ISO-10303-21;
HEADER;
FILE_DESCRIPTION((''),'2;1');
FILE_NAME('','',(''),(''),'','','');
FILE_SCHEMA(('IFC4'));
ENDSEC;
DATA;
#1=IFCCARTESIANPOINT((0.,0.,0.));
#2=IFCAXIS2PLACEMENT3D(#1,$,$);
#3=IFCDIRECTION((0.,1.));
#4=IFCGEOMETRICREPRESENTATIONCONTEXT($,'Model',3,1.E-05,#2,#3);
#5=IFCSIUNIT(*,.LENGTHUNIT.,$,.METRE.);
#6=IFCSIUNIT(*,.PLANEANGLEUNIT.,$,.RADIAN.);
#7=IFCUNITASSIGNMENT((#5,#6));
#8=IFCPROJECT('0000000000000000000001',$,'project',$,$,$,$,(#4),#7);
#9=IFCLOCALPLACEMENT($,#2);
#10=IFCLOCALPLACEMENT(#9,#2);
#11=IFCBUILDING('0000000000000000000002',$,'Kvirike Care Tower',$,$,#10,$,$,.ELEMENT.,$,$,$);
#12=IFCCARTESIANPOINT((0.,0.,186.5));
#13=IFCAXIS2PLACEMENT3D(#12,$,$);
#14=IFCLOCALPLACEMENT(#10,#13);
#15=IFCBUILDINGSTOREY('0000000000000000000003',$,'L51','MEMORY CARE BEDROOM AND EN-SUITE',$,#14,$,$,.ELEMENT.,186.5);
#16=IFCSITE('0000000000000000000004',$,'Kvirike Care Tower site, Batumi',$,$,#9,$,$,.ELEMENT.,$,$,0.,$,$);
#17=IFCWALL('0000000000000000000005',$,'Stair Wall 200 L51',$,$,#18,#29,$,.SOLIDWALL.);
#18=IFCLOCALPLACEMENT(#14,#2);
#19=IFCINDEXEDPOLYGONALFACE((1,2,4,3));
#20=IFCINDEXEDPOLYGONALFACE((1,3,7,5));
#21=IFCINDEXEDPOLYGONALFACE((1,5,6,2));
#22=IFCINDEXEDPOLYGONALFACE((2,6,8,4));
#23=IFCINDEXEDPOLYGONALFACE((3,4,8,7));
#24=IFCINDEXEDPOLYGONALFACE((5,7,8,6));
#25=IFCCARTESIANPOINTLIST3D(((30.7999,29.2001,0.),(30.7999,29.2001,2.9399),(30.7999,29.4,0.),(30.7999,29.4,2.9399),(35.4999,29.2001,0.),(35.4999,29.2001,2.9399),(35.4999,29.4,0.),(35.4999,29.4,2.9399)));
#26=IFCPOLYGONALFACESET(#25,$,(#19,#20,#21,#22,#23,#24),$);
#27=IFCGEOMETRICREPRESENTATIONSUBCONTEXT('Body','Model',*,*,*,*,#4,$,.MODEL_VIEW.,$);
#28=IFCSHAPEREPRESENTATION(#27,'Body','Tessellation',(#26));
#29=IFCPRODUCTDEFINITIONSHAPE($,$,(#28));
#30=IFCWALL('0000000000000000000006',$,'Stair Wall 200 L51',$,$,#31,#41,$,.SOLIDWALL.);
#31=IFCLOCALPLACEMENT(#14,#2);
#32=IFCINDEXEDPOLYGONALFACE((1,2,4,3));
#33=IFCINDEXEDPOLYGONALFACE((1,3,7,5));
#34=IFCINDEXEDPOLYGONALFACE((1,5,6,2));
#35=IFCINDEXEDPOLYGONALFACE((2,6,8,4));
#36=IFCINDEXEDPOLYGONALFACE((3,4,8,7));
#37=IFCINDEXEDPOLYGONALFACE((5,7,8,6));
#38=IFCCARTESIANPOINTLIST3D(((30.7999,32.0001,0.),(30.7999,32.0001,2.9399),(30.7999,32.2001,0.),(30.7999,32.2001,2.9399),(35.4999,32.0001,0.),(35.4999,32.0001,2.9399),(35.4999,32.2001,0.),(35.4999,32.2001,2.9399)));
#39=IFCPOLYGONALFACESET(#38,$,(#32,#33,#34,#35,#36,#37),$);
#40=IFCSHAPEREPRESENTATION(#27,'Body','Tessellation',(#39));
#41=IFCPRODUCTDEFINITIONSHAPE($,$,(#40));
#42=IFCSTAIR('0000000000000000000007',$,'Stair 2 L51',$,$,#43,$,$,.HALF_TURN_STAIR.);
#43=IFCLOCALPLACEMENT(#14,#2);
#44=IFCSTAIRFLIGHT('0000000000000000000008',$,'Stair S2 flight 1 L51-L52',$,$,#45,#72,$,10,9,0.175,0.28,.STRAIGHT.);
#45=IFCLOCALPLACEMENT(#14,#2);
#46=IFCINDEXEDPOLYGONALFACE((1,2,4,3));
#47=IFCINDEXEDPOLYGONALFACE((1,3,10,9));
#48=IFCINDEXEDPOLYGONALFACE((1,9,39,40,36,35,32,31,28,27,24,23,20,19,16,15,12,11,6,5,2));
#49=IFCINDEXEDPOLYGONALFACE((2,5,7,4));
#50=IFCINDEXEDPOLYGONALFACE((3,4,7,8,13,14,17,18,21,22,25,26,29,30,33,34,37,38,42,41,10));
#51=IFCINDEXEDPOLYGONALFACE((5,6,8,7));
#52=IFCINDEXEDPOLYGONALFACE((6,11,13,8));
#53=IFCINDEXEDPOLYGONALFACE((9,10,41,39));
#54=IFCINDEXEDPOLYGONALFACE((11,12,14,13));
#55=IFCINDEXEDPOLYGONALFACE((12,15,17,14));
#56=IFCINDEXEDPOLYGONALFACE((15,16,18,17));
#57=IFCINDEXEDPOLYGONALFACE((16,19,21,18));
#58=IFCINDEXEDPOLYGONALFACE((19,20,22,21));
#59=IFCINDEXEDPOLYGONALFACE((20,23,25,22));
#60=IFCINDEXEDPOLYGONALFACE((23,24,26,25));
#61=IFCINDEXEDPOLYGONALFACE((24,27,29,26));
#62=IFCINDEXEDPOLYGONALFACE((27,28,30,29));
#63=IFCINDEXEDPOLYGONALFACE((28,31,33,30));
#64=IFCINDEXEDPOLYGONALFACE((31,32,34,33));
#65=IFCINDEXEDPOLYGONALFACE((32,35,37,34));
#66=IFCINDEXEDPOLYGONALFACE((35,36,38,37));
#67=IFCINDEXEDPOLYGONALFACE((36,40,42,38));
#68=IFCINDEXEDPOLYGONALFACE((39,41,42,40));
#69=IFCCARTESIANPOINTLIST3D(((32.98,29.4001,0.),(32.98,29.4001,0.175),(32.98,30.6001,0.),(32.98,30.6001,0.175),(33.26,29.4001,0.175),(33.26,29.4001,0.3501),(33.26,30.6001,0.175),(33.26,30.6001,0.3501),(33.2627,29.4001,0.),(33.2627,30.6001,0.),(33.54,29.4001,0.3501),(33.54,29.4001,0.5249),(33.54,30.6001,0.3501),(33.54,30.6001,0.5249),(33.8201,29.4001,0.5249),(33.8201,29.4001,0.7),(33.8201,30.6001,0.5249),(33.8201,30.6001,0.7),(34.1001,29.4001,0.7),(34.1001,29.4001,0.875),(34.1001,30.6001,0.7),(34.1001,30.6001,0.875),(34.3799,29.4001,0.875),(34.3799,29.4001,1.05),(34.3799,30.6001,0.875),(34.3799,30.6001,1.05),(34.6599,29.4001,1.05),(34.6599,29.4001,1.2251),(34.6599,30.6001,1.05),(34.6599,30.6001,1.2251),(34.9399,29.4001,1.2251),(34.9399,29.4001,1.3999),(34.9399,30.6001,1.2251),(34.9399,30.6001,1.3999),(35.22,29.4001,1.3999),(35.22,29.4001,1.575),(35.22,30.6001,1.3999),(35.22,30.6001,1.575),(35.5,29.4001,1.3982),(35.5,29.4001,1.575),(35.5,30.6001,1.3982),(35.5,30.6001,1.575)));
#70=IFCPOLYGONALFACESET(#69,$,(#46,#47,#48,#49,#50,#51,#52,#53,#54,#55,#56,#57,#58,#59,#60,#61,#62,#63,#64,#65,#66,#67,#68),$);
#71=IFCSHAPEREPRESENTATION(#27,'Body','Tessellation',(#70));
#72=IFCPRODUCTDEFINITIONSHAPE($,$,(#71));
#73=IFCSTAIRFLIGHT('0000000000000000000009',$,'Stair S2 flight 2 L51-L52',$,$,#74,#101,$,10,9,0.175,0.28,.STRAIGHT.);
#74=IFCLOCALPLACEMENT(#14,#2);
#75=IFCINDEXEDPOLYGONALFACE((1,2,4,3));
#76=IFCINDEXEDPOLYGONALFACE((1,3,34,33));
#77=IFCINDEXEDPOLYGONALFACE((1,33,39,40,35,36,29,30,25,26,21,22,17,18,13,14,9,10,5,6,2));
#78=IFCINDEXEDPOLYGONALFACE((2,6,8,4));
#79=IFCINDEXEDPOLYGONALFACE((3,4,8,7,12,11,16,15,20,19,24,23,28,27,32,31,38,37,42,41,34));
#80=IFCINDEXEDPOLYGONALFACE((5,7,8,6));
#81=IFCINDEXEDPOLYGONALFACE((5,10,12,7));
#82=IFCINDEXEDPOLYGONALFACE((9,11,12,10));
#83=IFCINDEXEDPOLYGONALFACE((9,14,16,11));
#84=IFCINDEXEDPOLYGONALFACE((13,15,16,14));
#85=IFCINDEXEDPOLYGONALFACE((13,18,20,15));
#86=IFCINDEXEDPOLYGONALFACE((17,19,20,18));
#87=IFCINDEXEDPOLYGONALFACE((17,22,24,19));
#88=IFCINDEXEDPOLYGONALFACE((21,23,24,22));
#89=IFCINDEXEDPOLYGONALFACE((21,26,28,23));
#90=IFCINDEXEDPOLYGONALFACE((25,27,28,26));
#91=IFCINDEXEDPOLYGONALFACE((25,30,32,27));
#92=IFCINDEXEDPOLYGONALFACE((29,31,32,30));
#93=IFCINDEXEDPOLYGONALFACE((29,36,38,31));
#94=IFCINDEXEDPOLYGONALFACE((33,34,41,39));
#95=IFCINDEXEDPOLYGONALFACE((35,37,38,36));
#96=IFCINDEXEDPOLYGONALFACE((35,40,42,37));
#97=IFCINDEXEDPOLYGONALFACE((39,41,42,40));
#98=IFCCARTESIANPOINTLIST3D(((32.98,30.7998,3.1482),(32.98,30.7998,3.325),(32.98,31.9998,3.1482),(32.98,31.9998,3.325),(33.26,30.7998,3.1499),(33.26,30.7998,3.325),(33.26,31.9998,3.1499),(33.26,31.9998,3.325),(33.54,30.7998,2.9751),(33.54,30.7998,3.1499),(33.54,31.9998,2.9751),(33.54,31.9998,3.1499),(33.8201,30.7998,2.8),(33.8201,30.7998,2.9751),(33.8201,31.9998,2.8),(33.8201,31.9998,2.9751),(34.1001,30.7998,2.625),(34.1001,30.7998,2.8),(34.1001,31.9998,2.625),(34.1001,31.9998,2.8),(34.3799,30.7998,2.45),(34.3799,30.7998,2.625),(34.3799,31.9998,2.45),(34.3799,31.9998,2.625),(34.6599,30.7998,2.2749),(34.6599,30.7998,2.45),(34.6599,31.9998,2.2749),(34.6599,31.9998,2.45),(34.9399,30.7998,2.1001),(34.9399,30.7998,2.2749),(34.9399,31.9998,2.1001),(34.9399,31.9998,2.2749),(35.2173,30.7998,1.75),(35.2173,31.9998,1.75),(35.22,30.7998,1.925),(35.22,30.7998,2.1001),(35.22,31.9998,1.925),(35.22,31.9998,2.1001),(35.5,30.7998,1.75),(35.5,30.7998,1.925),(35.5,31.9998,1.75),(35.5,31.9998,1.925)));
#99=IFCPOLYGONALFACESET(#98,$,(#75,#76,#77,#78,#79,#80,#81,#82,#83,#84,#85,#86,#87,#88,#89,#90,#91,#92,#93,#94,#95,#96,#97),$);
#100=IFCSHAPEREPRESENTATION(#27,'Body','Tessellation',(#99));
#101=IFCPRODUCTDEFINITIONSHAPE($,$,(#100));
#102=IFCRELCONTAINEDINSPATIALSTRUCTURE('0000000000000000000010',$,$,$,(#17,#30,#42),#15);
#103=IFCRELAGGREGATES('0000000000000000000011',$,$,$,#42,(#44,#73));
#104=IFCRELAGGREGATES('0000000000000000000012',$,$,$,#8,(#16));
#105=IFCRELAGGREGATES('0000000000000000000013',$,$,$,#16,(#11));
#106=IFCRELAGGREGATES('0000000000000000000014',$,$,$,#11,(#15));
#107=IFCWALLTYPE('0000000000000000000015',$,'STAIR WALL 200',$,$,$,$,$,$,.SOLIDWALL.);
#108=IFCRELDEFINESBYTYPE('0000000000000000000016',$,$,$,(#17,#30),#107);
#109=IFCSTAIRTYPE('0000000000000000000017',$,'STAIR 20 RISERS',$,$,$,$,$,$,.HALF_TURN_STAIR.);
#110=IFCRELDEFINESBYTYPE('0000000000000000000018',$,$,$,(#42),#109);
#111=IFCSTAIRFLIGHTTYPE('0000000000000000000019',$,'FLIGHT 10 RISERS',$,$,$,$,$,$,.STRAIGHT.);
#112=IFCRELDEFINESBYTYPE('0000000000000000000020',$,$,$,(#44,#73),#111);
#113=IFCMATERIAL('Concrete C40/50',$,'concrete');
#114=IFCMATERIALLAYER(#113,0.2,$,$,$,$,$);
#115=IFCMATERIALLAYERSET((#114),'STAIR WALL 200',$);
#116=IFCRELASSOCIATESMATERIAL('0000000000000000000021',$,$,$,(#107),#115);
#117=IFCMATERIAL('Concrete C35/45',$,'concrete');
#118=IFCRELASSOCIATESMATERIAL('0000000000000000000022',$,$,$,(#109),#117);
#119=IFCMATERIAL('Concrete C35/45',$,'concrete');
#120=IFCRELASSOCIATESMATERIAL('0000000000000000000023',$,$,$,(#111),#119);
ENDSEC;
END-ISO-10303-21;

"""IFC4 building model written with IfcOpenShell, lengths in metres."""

from ifc_helpers import new_model, si_unit, direction, frame, frame_2d, origin, place, context, subcontext, project, spatial, polyline, rectangle, outline, extrude, material, layer, layer_set, type_object, element, aggregate, save


model = new_model("IFC4")

# Units and contexts
model_context = context("Model", 3, precision=1e-05, world=origin(), true_north=direction((0.0, 1.0)))
body_context = subcontext(model_context, "Body", "Model", "MODEL_VIEW")
ifc_project = project(units=[si_unit("LENGTHUNIT", "METRE"), si_unit("PLANEANGLEUNIT", "RADIAN")], contexts=[model_context])

# Site, building, storey
site_placement = place(None, origin())
site = spatial("IfcSite", under=ifc_project, at=site_placement, Name="Kvirike Care Tower site, Batumi", CompositionType="ELEMENT", RefElevation=0.0)
building_placement = place(site_placement, origin())
building = spatial("IfcBuilding", under=site, at=building_placement, Name="Kvirike Care Tower", CompositionType="ELEMENT")
storey_placement = place(building_placement, frame((0.0, 0.0, 186.5)))
storey = spatial("IfcBuildingStorey", under=building, at=storey_placement, Name="L51", Description="MEMORY CARE BEDROOM AND EN-SUITE", CompositionType="ELEMENT", Elevation=186.5)

# Walls
ifc_material_1 = material(Name="Concrete C40/50", Category="concrete")
ifc_layer_1 = layer(ifc_material_1, 0.2)
ifc_layer_set_1 = layer_set([ifc_layer_1], Name="STAIR WALL 200")
wall_type_1 = type_object("IfcWallType", Name="STAIR WALL 200", PredefinedType="SOLIDWALL", material=ifc_layer_set_1)
for number, where, z_axis, x_axis, name in (
    (1, (35.5, 29.3, 0.0), (0.0, 0.0, 1.0), (-1.0, 0.0, 0.0), "Stair Wall 200 L51"),
    (2, (35.5, 32.1001, 0.0), (0.0, 0.0, 1.0), (-1.0, 0.0, 0.0), "Stair Wall 200 L51"),
):
    element("IfcWall", number, at=place(storey_placement, frame(where, z_axis=z_axis, x_axis=x_axis)), inside=storey, type_object=wall_type_1, Name=name, PredefinedType="SOLIDWALL", context=body_context, shape_type="SweptSolid", body=[
        extrude(rectangle(XDim=4.7, YDim=0.2, at=frame_2d((2.3501, 0.0))), origin(), (0.0, 0.0, 1.0), 2.9399),
    ])

# Stair, stair flights
ifc_material_2 = material(Name="Concrete C35/45", Category="concrete")
stair_type = type_object("IfcStairType", Name="STAIR 20 RISERS", PredefinedType="HALF_TURN_STAIR", material=ifc_material_2)
stair_placement = place(storey_placement, origin())
stair = element("IfcStair", 3, at=stair_placement, inside=storey, type_object=stair_type, Name="Stair 2 L51", PredefinedType="HALF_TURN_STAIR")
ifc_material_3 = material(Name="Concrete C35/45", Category="concrete")
stair_flight_type = type_object("IfcStairFlightType", Name="FLIGHT 10 RISERS", PredefinedType="STRAIGHT", material=ifc_material_3)
stair_flight_1_placement = place(storey_placement, frame((32.98, 30.0, 0.0), z_axis=(0.0, 0.0, 1.0), x_axis=(1.0, 0.0, 0.0)))
stair_flight_1 = element("IfcStairFlight", 4, at=stair_flight_1_placement, type_object=stair_flight_type, Name="Stair S2 flight 1 L51-L52", NumberOfRisers=10, NumberOfTreads=9, PredefinedType="STRAIGHT", RiserHeight=0.175, TreadLength=0.28, context=body_context, shape_type="SweptSolid", body=[
    extrude(outline(polyline([(0.0, 0.0), (0.0, 0.175), (0.28, 0.175), (0.28, 0.3501), (0.5601, 0.3501), (0.5601, 0.5249), (0.8401, 0.5249), (0.8401, 0.7), (1.1201, 0.7), (1.1201, 0.875), (1.3999, 0.875), (1.3999, 1.05), (1.6799, 1.05), (1.6799, 1.2251), (1.96, 1.2251), (1.96, 1.3999), (2.24, 1.3999), (2.24, 1.575), (2.52, 1.575), (2.52, 1.75), (2.52, 1.3982), (0.2827, 0.0), (0.0, 0.0)])), frame((0.0, 0.6001, 0.0), z_axis=(0.0, -1.0, 0.0), x_axis=(1.0, 0.0, 0.0)), (0.0, 0.0, 1.0), 1.2),
])
stair_flight_2_placement = place(storey_placement, frame((35.5, 31.3999, 1.75), z_axis=(0.0, 0.0, 1.0), x_axis=(-1.0, 0.0, 0.0)))
stair_flight_2 = element("IfcStairFlight", 5, at=stair_flight_2_placement, type_object=stair_flight_type, Name="Stair S2 flight 2 L51-L52", NumberOfRisers=10, NumberOfTreads=9, PredefinedType="STRAIGHT", RiserHeight=0.175, TreadLength=0.28, context=body_context, shape_type="SweptSolid", body=[
    extrude(outline(polyline([(0.0, 0.0), (0.0, 0.175), (0.28, 0.175), (0.28, 0.3501), (0.5601, 0.3501), (0.5601, 0.5249), (0.8401, 0.5249), (0.8401, 0.7), (1.1201, 0.7), (1.1201, 0.875), (1.3999, 0.875), (1.3999, 1.05), (1.6799, 1.05), (1.6799, 1.2251), (1.96, 1.2251), (1.96, 1.3999), (2.24, 1.3999), (2.24, 1.575), (2.52, 1.575), (2.52, 1.75), (2.52, 1.3982), (0.2827, 0.0), (0.0, 0.0)])), frame((0.0, 0.6001, 0.0), z_axis=(0.0, -1.0, 0.0), x_axis=(1.0, 0.0, 0.0)), (0.0, 0.0, 1.0), 1.2),
])
aggregate(stair, [stair_flight_1, stair_flight_2])

save(model, "model.ifc")
